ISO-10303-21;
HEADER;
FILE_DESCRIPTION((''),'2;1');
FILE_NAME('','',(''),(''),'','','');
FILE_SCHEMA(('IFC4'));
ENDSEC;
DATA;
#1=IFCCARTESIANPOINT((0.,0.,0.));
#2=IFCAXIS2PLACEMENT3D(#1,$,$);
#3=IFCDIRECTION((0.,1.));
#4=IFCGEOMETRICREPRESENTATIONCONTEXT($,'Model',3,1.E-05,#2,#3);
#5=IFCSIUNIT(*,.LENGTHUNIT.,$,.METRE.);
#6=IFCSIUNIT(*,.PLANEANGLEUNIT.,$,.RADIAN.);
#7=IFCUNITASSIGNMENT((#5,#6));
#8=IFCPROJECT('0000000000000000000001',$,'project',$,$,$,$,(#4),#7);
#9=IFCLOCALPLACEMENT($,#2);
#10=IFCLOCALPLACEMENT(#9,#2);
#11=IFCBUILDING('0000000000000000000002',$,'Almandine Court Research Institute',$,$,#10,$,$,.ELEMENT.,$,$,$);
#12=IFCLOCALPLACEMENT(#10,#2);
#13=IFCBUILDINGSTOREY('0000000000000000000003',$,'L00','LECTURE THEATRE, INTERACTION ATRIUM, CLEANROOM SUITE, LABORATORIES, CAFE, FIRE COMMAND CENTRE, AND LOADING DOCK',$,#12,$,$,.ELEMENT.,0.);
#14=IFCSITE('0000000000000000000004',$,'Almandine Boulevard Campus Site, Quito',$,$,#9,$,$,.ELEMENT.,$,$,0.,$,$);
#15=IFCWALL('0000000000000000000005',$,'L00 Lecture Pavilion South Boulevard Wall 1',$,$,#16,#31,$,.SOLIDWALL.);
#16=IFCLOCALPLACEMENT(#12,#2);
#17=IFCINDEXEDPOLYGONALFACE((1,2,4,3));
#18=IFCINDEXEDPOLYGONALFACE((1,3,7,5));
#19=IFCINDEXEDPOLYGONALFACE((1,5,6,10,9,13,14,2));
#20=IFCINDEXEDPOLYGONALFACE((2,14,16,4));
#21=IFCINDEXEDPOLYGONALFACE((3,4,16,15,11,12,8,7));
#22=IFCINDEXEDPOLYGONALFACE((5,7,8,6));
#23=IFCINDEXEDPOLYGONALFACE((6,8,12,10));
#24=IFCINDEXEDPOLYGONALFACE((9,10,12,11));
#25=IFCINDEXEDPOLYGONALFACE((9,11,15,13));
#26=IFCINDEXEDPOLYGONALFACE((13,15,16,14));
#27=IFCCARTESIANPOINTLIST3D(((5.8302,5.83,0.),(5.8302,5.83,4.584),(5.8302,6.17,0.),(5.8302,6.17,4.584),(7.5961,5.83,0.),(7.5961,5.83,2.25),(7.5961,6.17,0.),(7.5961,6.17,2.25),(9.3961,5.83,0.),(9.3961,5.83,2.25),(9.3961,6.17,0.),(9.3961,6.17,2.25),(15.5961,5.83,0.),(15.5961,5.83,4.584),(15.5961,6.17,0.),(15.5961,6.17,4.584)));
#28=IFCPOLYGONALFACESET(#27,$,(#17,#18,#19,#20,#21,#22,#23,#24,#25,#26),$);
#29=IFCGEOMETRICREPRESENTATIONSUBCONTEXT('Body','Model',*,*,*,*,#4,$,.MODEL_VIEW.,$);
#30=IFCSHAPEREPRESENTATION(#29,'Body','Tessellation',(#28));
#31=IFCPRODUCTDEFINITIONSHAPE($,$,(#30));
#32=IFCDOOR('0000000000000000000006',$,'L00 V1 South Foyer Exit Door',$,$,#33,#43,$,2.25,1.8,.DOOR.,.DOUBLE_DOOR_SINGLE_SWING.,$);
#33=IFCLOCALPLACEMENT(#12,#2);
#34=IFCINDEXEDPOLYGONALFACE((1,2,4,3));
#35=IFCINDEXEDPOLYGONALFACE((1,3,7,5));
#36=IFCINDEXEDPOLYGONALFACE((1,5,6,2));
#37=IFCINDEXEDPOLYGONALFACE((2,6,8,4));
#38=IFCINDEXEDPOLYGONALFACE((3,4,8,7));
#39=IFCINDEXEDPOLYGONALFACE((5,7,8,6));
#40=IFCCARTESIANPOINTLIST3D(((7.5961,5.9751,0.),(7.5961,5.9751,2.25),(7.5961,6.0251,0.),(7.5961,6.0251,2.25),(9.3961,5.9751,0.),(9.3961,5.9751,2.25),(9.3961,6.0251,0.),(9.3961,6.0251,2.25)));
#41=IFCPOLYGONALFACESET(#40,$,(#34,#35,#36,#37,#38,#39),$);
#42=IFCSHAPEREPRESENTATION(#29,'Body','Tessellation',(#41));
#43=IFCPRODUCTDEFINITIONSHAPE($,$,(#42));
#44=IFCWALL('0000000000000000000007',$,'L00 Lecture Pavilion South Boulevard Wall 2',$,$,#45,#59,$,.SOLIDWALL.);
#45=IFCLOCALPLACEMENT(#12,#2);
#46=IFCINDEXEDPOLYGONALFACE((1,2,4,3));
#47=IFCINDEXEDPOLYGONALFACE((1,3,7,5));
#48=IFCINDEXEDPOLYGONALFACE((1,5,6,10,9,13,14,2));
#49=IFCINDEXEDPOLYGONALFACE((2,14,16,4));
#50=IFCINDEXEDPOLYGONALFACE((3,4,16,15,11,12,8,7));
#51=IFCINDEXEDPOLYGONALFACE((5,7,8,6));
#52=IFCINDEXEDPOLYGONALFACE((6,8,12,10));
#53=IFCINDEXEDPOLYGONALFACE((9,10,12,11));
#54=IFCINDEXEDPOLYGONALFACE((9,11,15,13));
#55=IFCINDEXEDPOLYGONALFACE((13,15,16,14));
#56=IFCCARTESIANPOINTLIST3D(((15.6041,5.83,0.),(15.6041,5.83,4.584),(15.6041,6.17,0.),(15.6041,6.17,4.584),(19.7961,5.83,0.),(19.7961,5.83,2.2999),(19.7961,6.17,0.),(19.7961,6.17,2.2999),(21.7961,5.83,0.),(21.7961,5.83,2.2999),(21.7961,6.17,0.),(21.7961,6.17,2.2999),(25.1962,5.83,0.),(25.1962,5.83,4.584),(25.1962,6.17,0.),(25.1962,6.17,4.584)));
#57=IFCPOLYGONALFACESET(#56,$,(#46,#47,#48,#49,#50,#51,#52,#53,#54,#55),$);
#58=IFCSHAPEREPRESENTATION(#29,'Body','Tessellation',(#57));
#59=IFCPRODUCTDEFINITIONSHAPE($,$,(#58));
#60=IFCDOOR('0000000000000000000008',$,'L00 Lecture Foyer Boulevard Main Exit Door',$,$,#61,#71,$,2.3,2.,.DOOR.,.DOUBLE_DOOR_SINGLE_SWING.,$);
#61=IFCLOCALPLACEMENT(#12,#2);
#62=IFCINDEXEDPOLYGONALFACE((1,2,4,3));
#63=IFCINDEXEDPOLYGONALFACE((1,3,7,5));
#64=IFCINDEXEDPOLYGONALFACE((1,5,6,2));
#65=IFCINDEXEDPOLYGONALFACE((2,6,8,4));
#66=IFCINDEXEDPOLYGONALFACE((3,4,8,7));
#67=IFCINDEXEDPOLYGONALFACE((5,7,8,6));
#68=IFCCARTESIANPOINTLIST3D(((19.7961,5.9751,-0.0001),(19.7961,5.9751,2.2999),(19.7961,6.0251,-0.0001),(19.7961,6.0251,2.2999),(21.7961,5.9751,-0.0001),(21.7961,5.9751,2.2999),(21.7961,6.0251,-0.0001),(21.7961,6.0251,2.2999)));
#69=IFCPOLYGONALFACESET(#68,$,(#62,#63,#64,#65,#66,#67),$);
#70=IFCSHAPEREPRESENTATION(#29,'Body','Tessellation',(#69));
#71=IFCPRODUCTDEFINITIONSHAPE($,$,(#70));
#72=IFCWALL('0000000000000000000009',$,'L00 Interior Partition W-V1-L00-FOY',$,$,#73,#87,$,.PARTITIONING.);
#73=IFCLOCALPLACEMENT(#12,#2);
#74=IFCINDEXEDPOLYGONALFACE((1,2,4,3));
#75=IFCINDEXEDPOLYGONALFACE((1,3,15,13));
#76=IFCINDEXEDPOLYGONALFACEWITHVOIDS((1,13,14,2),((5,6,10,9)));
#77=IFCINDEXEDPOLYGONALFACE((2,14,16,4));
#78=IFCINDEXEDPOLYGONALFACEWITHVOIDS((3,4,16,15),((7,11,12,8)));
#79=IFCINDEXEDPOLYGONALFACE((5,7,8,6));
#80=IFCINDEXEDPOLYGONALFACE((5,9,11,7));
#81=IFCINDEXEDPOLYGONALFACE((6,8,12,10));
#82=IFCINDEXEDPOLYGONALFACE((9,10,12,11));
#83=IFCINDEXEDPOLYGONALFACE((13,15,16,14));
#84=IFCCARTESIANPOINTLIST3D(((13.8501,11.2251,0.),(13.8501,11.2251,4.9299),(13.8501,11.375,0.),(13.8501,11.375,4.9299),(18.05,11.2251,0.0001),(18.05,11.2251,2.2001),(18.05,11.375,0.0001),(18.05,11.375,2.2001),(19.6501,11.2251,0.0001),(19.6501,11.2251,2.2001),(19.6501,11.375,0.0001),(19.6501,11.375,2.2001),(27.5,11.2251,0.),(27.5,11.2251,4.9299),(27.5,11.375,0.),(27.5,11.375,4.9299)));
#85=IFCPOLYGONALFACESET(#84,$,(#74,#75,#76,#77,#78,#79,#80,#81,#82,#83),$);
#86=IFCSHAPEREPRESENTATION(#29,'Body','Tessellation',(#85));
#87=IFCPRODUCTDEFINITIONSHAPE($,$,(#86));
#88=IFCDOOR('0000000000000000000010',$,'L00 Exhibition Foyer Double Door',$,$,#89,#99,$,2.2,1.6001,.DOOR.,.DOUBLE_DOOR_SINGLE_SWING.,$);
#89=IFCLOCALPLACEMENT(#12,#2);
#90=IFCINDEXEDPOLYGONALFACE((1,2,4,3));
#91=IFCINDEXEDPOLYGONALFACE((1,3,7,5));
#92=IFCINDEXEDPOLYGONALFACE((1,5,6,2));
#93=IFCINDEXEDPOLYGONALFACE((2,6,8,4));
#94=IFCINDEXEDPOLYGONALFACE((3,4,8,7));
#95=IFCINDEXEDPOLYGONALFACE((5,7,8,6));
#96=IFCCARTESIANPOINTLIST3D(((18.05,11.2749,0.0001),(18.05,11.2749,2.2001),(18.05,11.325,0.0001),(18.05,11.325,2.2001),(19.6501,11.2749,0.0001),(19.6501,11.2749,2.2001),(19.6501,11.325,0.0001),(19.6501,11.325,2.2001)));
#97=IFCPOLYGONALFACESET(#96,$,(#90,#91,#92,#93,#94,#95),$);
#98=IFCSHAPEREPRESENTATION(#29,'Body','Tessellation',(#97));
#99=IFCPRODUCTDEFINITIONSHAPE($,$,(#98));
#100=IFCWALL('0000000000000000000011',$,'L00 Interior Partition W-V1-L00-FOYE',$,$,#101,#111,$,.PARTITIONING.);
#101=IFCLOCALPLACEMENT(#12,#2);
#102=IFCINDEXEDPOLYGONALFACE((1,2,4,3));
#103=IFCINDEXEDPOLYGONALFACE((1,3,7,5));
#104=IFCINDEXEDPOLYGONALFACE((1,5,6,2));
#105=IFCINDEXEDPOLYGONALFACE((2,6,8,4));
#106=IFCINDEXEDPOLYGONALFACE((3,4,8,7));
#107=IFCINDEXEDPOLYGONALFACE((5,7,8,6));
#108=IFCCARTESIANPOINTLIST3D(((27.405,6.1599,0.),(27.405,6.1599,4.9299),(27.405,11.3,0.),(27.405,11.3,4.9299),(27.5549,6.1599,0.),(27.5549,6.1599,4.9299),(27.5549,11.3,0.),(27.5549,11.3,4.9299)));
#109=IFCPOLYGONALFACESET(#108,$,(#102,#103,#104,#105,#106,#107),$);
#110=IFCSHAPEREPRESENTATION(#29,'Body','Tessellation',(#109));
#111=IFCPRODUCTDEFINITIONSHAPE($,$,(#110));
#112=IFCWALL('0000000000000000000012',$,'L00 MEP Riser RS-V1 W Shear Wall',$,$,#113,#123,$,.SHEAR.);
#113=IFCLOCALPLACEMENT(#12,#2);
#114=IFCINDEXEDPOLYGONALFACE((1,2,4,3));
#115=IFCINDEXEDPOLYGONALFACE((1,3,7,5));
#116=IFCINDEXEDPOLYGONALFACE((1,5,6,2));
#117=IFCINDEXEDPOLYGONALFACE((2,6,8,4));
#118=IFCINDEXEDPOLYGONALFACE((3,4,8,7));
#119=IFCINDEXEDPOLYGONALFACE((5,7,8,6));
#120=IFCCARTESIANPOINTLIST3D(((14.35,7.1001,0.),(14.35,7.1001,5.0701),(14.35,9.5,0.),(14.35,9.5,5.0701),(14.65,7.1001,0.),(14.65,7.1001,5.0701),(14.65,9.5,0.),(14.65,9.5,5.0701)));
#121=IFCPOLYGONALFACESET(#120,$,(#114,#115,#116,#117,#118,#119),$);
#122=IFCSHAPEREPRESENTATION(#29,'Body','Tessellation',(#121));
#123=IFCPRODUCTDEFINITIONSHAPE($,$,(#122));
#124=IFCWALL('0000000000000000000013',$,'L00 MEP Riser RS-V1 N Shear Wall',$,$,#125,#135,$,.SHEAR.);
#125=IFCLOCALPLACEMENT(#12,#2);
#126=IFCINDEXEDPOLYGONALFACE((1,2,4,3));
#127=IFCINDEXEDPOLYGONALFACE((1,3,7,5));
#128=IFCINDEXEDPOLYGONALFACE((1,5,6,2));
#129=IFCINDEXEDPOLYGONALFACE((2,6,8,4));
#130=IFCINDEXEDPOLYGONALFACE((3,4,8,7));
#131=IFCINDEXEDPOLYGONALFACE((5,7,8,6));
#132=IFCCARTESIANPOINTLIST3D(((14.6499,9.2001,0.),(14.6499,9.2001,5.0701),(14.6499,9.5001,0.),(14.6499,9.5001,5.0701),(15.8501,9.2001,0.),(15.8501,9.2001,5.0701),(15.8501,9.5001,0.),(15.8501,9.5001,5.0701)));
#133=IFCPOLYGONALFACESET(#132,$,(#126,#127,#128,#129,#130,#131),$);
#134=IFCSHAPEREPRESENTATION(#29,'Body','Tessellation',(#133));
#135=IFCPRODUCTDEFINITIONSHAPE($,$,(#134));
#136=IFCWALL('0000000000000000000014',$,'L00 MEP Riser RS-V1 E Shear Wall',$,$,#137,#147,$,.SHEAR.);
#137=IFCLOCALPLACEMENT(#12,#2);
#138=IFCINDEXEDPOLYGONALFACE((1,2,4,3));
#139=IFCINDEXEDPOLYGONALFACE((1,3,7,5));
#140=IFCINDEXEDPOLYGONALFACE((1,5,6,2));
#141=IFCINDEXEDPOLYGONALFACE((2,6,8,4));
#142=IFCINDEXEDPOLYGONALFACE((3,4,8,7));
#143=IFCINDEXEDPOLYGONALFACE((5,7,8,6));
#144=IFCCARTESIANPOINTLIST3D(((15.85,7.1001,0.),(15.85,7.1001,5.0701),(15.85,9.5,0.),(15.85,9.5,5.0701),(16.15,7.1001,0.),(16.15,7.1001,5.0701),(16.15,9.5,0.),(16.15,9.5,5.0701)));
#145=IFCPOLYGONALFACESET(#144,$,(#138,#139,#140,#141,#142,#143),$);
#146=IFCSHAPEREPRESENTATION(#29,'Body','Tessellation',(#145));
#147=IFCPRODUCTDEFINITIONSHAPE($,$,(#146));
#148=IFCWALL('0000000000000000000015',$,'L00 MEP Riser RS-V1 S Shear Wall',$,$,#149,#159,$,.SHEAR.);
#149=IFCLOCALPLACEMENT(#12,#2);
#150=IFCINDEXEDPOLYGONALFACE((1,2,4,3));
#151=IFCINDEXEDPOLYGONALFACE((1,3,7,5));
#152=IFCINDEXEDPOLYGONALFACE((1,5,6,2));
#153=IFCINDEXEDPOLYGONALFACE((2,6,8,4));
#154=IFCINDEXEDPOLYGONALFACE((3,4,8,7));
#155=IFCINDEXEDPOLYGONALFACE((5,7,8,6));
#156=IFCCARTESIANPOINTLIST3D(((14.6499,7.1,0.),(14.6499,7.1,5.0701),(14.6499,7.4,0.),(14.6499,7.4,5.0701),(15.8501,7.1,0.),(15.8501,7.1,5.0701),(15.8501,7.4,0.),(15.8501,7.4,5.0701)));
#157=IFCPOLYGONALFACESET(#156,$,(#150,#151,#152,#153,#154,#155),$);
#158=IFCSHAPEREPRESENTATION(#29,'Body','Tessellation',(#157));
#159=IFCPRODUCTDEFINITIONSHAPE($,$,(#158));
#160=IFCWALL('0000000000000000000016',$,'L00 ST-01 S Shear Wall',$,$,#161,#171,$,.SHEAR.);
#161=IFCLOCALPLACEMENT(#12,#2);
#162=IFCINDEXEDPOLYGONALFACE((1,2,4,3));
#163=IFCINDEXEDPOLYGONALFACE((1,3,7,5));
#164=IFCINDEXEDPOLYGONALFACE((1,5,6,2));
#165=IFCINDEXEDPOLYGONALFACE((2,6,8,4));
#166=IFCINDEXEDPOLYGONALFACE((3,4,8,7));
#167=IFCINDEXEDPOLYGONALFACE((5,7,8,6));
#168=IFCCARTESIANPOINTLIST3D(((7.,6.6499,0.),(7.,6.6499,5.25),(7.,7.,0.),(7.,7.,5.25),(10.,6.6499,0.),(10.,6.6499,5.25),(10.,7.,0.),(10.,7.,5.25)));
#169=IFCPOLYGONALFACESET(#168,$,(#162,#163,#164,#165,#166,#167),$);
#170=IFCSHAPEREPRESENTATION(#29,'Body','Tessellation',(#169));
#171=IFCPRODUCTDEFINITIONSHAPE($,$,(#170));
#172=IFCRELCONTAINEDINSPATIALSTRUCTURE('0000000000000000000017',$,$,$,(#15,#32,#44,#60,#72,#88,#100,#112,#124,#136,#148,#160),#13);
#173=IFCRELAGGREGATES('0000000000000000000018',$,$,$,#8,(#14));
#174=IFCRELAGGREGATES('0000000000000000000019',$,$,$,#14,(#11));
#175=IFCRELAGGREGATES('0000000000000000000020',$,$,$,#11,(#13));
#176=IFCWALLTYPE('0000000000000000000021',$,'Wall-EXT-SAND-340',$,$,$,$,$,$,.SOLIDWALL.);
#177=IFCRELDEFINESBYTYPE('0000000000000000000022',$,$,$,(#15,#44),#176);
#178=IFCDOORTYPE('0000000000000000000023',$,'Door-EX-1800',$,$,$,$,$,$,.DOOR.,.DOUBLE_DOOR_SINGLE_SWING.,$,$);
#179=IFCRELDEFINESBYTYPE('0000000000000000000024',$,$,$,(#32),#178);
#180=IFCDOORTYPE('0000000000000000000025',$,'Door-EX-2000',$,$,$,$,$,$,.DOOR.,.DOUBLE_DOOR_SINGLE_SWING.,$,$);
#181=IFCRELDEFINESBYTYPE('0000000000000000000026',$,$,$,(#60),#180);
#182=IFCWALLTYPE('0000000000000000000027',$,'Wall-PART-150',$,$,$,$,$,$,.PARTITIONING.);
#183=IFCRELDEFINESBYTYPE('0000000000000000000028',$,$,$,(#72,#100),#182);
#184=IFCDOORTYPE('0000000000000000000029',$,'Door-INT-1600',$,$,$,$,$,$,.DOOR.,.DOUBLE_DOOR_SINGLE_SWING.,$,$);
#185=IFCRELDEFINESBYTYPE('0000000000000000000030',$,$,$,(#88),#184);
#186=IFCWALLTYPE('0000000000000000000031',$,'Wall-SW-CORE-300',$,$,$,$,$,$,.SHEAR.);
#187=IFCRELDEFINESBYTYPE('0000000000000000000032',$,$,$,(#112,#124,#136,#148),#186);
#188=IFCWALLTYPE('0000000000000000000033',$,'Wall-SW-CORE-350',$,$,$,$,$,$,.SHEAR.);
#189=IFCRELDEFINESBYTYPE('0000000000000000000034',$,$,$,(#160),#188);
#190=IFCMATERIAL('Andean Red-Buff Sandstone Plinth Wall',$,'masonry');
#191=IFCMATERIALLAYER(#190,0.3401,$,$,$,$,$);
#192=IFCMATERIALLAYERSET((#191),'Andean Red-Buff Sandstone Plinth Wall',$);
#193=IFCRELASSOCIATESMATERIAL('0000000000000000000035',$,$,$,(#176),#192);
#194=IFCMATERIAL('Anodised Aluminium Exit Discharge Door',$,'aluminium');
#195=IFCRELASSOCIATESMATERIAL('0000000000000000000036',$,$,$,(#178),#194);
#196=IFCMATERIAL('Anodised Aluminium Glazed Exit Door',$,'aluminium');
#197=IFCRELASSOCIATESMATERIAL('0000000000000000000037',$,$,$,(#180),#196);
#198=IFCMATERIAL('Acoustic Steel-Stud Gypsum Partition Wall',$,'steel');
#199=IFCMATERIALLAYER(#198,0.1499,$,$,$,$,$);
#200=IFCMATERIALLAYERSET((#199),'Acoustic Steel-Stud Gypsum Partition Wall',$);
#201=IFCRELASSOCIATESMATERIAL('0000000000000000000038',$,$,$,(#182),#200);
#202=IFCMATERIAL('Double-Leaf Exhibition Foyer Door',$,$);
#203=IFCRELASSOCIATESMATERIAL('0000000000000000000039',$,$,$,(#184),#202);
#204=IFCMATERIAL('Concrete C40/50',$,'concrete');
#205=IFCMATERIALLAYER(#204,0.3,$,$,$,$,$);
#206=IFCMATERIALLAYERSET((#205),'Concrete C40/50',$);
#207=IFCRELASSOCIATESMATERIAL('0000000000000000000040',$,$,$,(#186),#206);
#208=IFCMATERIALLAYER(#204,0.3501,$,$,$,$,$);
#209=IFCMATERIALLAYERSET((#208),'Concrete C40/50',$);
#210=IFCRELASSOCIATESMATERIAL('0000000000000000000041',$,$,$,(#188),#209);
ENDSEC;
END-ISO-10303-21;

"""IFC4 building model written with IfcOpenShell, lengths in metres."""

from ifc_helpers import new_model, si_unit, direction, frame, frame_2d, origin, place, context, subcontext, project, spatial, rectangle, extrude, material, layer, layer_set, type_object, element, fill, save


model = new_model("IFC4")

# Units and contexts
model_context = context("Model", 3, precision=1e-05, world=origin(), true_north=direction((0.0, 1.0)))
body_context = subcontext(model_context, "Body", "Model", "MODEL_VIEW")
ifc_project = project(units=[si_unit("LENGTHUNIT", "METRE"), si_unit("PLANEANGLEUNIT", "RADIAN")], contexts=[model_context])

# Site, building, storey
site_placement = place(None, origin())
site = spatial("IfcSite", under=ifc_project, at=site_placement, Name="Almandine Boulevard Campus Site, Quito", CompositionType="ELEMENT", RefElevation=0.0)
building_placement = place(site_placement, origin())
building = spatial("IfcBuilding", under=site, at=building_placement, Name="Almandine Court Research Institute", CompositionType="ELEMENT")
storey_placement = place(building_placement, origin())
storey = spatial("IfcBuildingStorey", under=building, at=storey_placement, Name="L00", Description="LECTURE THEATRE, INTERACTION ATRIUM, CLEANROOM SUITE, LABORATORIES, CAFE, FIRE COMMAND CENTRE, AND LOADING DOCK", CompositionType="ELEMENT", Elevation=0.0)

# Walls, openings, doors
ifc_material_1 = material(Name="Andean Red-Buff Sandstone Plinth Wall", Category="masonry")
ifc_layer_1 = layer(ifc_material_1, 0.3401)
ifc_layer_set_1 = layer_set([ifc_layer_1], Name="Andean Red-Buff Sandstone Plinth Wall")
wall_type_1 = type_object("IfcWallType", Name="Wall-EXT-SAND-340", PredefinedType="SOLIDWALL", material=ifc_layer_set_1)
wall_1_placement = place(storey_placement, frame((15.5959, 6.0, 0.0), z_axis=(0.0, 0.0, 1.0), x_axis=(-1.0, 0.0, 0.0)))
wall_1 = element("IfcWall", 1, at=wall_1_placement, inside=storey, type_object=wall_type_1, Name="L00 Lecture Pavilion South Boulevard Wall 1", PredefinedType="SOLIDWALL", context=body_context, shape_type="SweptSolid", body=[
    extrude(rectangle(XDim=9.7659, YDim=0.3401, at=frame_2d((4.8828, 0.0))), origin(), (0.0, 0.0, 1.0), 4.584),
])
opening_1_placement = place(wall_1_placement, frame((6.2, 0.0, 0.0)))
opening_1 = element("IfcOpeningElement", 2, at=opening_1_placement, cuts=wall_1, PredefinedType="OPENING", context=body_context, shape_type="SweptSolid", body=[
    extrude(rectangle(XDim=1.8, YDim=2.25, at=frame_2d((0.8999, 1.125))), frame((0.0, 0.1799, 0.0), z_axis=(0.0, -1.0, 0.0), x_axis=(1.0, 0.0, 0.0)), (0.0, 0.0, 1.0), 0.3601),
])
ifc_material_2 = material(Name="Anodised Aluminium Exit Discharge Door", Category="aluminium")
door_type_1 = type_object("IfcDoorType", Name="Door-EX-1800", OperationType="DOUBLE_DOOR_SINGLE_SWING", PredefinedType="DOOR", material=ifc_material_2)
door_1_placement = place(opening_1_placement, origin())
door_1 = element("IfcDoor", 3, at=door_1_placement, inside=storey, type_object=door_type_1, Name="L00 V1 South Foyer Exit Door", OperationType="DOUBLE_DOOR_SINGLE_SWING", OverallHeight=2.25, OverallWidth=1.8, PredefinedType="DOOR", context=body_context, shape_type="SweptSolid", body=[
    extrude(rectangle(XDim=1.8, YDim=2.25, at=frame_2d((0.8999, 1.125))), frame((0.0, 0.0249, 0.0), z_axis=(0.0, -1.0, 0.0), x_axis=(1.0, 0.0, 0.0)), (0.0, 0.0, 1.0), 0.05),
])
fill(opening_1, door_1)
wall_2_placement = place(storey_placement, frame((25.196, 6.0, 0.0), z_axis=(0.0, 0.0, 1.0), x_axis=(-1.0, 0.0, 0.0)))
wall_2 = element("IfcWall", 4, at=wall_2_placement, inside=storey, type_object=wall_type_1, Name="L00 Lecture Pavilion South Boulevard Wall 2", PredefinedType="SOLIDWALL", context=body_context, shape_type="SweptSolid", body=[
    extrude(rectangle(XDim=9.592, YDim=0.3401, at=frame_2d((4.7959, 0.0))), origin(), (0.0, 0.0, 1.0), 4.584),
])
opening_2_placement = place(wall_2_placement, frame((3.3999, 0.0, 0.0)))
opening_2 = element("IfcOpeningElement", 5, at=opening_2_placement, cuts=wall_2, PredefinedType="OPENING", context=body_context, shape_type="SweptSolid", body=[
    extrude(rectangle(XDim=2.0, YDim=2.3, at=frame_2d((1.0, 1.1499))), frame((0.0, 0.1799, 0.0), z_axis=(0.0, -1.0, 0.0), x_axis=(1.0, 0.0, 0.0)), (0.0, 0.0, 1.0), 0.3601),
])
ifc_material_3 = material(Name="Anodised Aluminium Glazed Exit Door", Category="aluminium")
door_type_2 = type_object("IfcDoorType", Name="Door-EX-2000", OperationType="DOUBLE_DOOR_SINGLE_SWING", PredefinedType="DOOR", material=ifc_material_3)
door_2_placement = place(opening_2_placement, origin())
door_2 = element("IfcDoor", 6, at=door_2_placement, inside=storey, type_object=door_type_2, Name="L00 Lecture Foyer Boulevard Main Exit Door", OperationType="DOUBLE_DOOR_SINGLE_SWING", OverallHeight=2.3, OverallWidth=2.0, PredefinedType="DOOR", context=body_context, shape_type="SweptSolid", body=[
    extrude(rectangle(XDim=2.0, YDim=2.3, at=frame_2d((1.0, 1.1499))), frame((0.0, 0.0249, 0.0), z_axis=(0.0, -1.0, 0.0), x_axis=(1.0, 0.0, 0.0)), (0.0, 0.0, 1.0), 0.05),
])
fill(opening_2, door_2)
ifc_material_4 = material(Name="Acoustic Steel-Stud Gypsum Partition Wall", Category="steel")
ifc_layer_2 = layer(ifc_material_4, 0.1499)
ifc_layer_set_2 = layer_set([ifc_layer_2], Name="Acoustic Steel-Stud Gypsum Partition Wall")
wall_type_2 = type_object("IfcWallType", Name="Wall-PART-150", PredefinedType="PARTITIONING", material=ifc_layer_set_2)
wall_3_placement = place(storey_placement, frame((13.8501, 11.3, 0.0), z_axis=(0.0, 0.0, 1.0), x_axis=(1.0, 0.0, 0.0)))
wall_3 = element("IfcWall", 7, at=wall_3_placement, inside=storey, type_object=wall_type_2, Name="L00 Interior Partition W-V1-L00-FOY", PredefinedType="PARTITIONING", context=body_context, shape_type="SweptSolid", body=[
    extrude(rectangle(XDim=13.6499, YDim=0.1499, at=frame_2d((6.825, 0.0))), origin(), (0.0, 0.0, 1.0), 4.9299),
])
opening_3_placement = place(wall_3_placement, frame((4.2, 0.0, 0.0)))
opening_3 = element("IfcOpeningElement", 8, at=opening_3_placement, cuts=wall_3, PredefinedType="OPENING", context=body_context, shape_type="SweptSolid", body=[
    extrude(rectangle(XDim=1.6001, YDim=2.2, at=frame_2d((0.8, 1.1001))), frame((0.0, 0.085, 0.0), z_axis=(0.0, -1.0, 0.0), x_axis=(1.0, 0.0, 0.0)), (0.0, 0.0, 1.0), 0.1699),
])
ifc_material_5 = material(Name="Double-Leaf Exhibition Foyer Door")
door_type_3 = type_object("IfcDoorType", Name="Door-INT-1600", OperationType="DOUBLE_DOOR_SINGLE_SWING", PredefinedType="DOOR", material=ifc_material_5)
door_3_placement = place(opening_3_placement, origin())
door_3 = element("IfcDoor", 9, at=door_3_placement, inside=storey, type_object=door_type_3, Name="L00 Exhibition Foyer Double Door", OperationType="DOUBLE_DOOR_SINGLE_SWING", OverallHeight=2.2, OverallWidth=1.6001, PredefinedType="DOOR", context=body_context, shape_type="SweptSolid", body=[
    extrude(rectangle(XDim=1.6001, YDim=2.2, at=frame_2d((0.8, 1.1001))), frame((0.0, 0.0249, 0.0), z_axis=(0.0, -1.0, 0.0), x_axis=(1.0, 0.0, 0.0)), (0.0, 0.0, 1.0), 0.05),
])
fill(opening_3, door_3)

# Walls
wall_4_placement = place(storey_placement, frame((27.48, 6.1599, 0.0), z_axis=(0.0, 0.0, 1.0), x_axis=(0.0, 1.0, 0.0)))
element("IfcWall", 10, at=wall_4_placement, inside=storey, type_object=wall_type_2, Name="L00 Interior Partition W-V1-L00-FOYE", PredefinedType="PARTITIONING", context=body_context, shape_type="SweptSolid", body=[
    extrude(rectangle(XDim=5.1401, YDim=0.1499, at=frame_2d((2.5701, 0.0))), origin(), (0.0, 0.0, 1.0), 4.9299),
])
ifc_material_6 = material(Name="Concrete C40/50", Category="concrete")
ifc_layer_3 = layer(ifc_material_6, 0.3)
ifc_layer_set_3 = layer_set([ifc_layer_3], Name="Concrete C40/50")
wall_type_3 = type_object("IfcWallType", Name="Wall-SW-CORE-300", PredefinedType="SHEAR", material=ifc_layer_set_3)
wall_5_placement = place(storey_placement, frame((14.5, 7.1001, 0.0), z_axis=(0.0, 0.0, 1.0), x_axis=(0.0, 1.0, 0.0)))
element("IfcWall", 11, at=wall_5_placement, inside=storey, type_object=wall_type_3, Name="L00 MEP Riser RS-V1 W Shear Wall", PredefinedType="SHEAR", context=body_context, shape_type="SweptSolid", body=[
    extrude(rectangle(XDim=2.3999, YDim=0.3, at=frame_2d((1.2, 0.0))), origin(), (0.0, 0.0, 1.0), 5.0701),
])
wall_6_placement = place(storey_placement, frame((14.6499, 9.3501, 0.0), z_axis=(0.0, 0.0, 1.0), x_axis=(1.0, 0.0, 0.0)))
element("IfcWall", 12, at=wall_6_placement, inside=storey, type_object=wall_type_3, Name="L00 MEP Riser RS-V1 N Shear Wall", PredefinedType="SHEAR", context=body_context, shape_type="SweptSolid", body=[
    extrude(rectangle(XDim=1.2002, YDim=0.3, at=frame_2d((0.6001, 0.0))), origin(), (0.0, 0.0, 1.0), 5.0701),
])
wall_7_placement = place(storey_placement, frame((16.0, 9.5, 0.0), z_axis=(0.0, 0.0, 1.0), x_axis=(0.0, -1.0, 0.0)))
element("IfcWall", 13, at=wall_7_placement, inside=storey, type_object=wall_type_3, Name="L00 MEP Riser RS-V1 E Shear Wall", PredefinedType="SHEAR", context=body_context, shape_type="SweptSolid", body=[
    extrude(rectangle(XDim=2.3999, YDim=0.3, at=frame_2d((1.2, 0.0))), origin(), (0.0, 0.0, 1.0), 5.0701),
])
wall_8_placement = place(storey_placement, frame((15.8501, 7.25, 0.0), z_axis=(0.0, 0.0, 1.0), x_axis=(-1.0, 0.0, 0.0)))
element("IfcWall", 14, at=wall_8_placement, inside=storey, type_object=wall_type_3, Name="L00 MEP Riser RS-V1 S Shear Wall", PredefinedType="SHEAR", context=body_context, shape_type="SweptSolid", body=[
    extrude(rectangle(XDim=1.2002, YDim=0.3, at=frame_2d((0.6001, 0.0))), origin(), (0.0, 0.0, 1.0), 5.0701),
])
ifc_layer_4 = layer(ifc_material_6, 0.3501)
ifc_layer_set_4 = layer_set([ifc_layer_4], Name="Concrete C40/50")
wall_type_4 = type_object("IfcWallType", Name="Wall-SW-CORE-350", PredefinedType="SHEAR", material=ifc_layer_set_4)
wall_9_placement = place(storey_placement, frame((10.0, 6.825, 0.0), z_axis=(0.0, 0.0, 1.0), x_axis=(-1.0, 0.0, 0.0)))
element("IfcWall", 15, at=wall_9_placement, inside=storey, type_object=wall_type_4, Name="L00 ST-01 S Shear Wall", PredefinedType="SHEAR", context=body_context, shape_type="SweptSolid", body=[
    extrude(rectangle(XDim=3.0, YDim=0.3501, at=frame_2d((1.5, 0.0))), origin(), (0.0, 0.0, 1.0), 5.25),
])

save(model, "model.ifc")
